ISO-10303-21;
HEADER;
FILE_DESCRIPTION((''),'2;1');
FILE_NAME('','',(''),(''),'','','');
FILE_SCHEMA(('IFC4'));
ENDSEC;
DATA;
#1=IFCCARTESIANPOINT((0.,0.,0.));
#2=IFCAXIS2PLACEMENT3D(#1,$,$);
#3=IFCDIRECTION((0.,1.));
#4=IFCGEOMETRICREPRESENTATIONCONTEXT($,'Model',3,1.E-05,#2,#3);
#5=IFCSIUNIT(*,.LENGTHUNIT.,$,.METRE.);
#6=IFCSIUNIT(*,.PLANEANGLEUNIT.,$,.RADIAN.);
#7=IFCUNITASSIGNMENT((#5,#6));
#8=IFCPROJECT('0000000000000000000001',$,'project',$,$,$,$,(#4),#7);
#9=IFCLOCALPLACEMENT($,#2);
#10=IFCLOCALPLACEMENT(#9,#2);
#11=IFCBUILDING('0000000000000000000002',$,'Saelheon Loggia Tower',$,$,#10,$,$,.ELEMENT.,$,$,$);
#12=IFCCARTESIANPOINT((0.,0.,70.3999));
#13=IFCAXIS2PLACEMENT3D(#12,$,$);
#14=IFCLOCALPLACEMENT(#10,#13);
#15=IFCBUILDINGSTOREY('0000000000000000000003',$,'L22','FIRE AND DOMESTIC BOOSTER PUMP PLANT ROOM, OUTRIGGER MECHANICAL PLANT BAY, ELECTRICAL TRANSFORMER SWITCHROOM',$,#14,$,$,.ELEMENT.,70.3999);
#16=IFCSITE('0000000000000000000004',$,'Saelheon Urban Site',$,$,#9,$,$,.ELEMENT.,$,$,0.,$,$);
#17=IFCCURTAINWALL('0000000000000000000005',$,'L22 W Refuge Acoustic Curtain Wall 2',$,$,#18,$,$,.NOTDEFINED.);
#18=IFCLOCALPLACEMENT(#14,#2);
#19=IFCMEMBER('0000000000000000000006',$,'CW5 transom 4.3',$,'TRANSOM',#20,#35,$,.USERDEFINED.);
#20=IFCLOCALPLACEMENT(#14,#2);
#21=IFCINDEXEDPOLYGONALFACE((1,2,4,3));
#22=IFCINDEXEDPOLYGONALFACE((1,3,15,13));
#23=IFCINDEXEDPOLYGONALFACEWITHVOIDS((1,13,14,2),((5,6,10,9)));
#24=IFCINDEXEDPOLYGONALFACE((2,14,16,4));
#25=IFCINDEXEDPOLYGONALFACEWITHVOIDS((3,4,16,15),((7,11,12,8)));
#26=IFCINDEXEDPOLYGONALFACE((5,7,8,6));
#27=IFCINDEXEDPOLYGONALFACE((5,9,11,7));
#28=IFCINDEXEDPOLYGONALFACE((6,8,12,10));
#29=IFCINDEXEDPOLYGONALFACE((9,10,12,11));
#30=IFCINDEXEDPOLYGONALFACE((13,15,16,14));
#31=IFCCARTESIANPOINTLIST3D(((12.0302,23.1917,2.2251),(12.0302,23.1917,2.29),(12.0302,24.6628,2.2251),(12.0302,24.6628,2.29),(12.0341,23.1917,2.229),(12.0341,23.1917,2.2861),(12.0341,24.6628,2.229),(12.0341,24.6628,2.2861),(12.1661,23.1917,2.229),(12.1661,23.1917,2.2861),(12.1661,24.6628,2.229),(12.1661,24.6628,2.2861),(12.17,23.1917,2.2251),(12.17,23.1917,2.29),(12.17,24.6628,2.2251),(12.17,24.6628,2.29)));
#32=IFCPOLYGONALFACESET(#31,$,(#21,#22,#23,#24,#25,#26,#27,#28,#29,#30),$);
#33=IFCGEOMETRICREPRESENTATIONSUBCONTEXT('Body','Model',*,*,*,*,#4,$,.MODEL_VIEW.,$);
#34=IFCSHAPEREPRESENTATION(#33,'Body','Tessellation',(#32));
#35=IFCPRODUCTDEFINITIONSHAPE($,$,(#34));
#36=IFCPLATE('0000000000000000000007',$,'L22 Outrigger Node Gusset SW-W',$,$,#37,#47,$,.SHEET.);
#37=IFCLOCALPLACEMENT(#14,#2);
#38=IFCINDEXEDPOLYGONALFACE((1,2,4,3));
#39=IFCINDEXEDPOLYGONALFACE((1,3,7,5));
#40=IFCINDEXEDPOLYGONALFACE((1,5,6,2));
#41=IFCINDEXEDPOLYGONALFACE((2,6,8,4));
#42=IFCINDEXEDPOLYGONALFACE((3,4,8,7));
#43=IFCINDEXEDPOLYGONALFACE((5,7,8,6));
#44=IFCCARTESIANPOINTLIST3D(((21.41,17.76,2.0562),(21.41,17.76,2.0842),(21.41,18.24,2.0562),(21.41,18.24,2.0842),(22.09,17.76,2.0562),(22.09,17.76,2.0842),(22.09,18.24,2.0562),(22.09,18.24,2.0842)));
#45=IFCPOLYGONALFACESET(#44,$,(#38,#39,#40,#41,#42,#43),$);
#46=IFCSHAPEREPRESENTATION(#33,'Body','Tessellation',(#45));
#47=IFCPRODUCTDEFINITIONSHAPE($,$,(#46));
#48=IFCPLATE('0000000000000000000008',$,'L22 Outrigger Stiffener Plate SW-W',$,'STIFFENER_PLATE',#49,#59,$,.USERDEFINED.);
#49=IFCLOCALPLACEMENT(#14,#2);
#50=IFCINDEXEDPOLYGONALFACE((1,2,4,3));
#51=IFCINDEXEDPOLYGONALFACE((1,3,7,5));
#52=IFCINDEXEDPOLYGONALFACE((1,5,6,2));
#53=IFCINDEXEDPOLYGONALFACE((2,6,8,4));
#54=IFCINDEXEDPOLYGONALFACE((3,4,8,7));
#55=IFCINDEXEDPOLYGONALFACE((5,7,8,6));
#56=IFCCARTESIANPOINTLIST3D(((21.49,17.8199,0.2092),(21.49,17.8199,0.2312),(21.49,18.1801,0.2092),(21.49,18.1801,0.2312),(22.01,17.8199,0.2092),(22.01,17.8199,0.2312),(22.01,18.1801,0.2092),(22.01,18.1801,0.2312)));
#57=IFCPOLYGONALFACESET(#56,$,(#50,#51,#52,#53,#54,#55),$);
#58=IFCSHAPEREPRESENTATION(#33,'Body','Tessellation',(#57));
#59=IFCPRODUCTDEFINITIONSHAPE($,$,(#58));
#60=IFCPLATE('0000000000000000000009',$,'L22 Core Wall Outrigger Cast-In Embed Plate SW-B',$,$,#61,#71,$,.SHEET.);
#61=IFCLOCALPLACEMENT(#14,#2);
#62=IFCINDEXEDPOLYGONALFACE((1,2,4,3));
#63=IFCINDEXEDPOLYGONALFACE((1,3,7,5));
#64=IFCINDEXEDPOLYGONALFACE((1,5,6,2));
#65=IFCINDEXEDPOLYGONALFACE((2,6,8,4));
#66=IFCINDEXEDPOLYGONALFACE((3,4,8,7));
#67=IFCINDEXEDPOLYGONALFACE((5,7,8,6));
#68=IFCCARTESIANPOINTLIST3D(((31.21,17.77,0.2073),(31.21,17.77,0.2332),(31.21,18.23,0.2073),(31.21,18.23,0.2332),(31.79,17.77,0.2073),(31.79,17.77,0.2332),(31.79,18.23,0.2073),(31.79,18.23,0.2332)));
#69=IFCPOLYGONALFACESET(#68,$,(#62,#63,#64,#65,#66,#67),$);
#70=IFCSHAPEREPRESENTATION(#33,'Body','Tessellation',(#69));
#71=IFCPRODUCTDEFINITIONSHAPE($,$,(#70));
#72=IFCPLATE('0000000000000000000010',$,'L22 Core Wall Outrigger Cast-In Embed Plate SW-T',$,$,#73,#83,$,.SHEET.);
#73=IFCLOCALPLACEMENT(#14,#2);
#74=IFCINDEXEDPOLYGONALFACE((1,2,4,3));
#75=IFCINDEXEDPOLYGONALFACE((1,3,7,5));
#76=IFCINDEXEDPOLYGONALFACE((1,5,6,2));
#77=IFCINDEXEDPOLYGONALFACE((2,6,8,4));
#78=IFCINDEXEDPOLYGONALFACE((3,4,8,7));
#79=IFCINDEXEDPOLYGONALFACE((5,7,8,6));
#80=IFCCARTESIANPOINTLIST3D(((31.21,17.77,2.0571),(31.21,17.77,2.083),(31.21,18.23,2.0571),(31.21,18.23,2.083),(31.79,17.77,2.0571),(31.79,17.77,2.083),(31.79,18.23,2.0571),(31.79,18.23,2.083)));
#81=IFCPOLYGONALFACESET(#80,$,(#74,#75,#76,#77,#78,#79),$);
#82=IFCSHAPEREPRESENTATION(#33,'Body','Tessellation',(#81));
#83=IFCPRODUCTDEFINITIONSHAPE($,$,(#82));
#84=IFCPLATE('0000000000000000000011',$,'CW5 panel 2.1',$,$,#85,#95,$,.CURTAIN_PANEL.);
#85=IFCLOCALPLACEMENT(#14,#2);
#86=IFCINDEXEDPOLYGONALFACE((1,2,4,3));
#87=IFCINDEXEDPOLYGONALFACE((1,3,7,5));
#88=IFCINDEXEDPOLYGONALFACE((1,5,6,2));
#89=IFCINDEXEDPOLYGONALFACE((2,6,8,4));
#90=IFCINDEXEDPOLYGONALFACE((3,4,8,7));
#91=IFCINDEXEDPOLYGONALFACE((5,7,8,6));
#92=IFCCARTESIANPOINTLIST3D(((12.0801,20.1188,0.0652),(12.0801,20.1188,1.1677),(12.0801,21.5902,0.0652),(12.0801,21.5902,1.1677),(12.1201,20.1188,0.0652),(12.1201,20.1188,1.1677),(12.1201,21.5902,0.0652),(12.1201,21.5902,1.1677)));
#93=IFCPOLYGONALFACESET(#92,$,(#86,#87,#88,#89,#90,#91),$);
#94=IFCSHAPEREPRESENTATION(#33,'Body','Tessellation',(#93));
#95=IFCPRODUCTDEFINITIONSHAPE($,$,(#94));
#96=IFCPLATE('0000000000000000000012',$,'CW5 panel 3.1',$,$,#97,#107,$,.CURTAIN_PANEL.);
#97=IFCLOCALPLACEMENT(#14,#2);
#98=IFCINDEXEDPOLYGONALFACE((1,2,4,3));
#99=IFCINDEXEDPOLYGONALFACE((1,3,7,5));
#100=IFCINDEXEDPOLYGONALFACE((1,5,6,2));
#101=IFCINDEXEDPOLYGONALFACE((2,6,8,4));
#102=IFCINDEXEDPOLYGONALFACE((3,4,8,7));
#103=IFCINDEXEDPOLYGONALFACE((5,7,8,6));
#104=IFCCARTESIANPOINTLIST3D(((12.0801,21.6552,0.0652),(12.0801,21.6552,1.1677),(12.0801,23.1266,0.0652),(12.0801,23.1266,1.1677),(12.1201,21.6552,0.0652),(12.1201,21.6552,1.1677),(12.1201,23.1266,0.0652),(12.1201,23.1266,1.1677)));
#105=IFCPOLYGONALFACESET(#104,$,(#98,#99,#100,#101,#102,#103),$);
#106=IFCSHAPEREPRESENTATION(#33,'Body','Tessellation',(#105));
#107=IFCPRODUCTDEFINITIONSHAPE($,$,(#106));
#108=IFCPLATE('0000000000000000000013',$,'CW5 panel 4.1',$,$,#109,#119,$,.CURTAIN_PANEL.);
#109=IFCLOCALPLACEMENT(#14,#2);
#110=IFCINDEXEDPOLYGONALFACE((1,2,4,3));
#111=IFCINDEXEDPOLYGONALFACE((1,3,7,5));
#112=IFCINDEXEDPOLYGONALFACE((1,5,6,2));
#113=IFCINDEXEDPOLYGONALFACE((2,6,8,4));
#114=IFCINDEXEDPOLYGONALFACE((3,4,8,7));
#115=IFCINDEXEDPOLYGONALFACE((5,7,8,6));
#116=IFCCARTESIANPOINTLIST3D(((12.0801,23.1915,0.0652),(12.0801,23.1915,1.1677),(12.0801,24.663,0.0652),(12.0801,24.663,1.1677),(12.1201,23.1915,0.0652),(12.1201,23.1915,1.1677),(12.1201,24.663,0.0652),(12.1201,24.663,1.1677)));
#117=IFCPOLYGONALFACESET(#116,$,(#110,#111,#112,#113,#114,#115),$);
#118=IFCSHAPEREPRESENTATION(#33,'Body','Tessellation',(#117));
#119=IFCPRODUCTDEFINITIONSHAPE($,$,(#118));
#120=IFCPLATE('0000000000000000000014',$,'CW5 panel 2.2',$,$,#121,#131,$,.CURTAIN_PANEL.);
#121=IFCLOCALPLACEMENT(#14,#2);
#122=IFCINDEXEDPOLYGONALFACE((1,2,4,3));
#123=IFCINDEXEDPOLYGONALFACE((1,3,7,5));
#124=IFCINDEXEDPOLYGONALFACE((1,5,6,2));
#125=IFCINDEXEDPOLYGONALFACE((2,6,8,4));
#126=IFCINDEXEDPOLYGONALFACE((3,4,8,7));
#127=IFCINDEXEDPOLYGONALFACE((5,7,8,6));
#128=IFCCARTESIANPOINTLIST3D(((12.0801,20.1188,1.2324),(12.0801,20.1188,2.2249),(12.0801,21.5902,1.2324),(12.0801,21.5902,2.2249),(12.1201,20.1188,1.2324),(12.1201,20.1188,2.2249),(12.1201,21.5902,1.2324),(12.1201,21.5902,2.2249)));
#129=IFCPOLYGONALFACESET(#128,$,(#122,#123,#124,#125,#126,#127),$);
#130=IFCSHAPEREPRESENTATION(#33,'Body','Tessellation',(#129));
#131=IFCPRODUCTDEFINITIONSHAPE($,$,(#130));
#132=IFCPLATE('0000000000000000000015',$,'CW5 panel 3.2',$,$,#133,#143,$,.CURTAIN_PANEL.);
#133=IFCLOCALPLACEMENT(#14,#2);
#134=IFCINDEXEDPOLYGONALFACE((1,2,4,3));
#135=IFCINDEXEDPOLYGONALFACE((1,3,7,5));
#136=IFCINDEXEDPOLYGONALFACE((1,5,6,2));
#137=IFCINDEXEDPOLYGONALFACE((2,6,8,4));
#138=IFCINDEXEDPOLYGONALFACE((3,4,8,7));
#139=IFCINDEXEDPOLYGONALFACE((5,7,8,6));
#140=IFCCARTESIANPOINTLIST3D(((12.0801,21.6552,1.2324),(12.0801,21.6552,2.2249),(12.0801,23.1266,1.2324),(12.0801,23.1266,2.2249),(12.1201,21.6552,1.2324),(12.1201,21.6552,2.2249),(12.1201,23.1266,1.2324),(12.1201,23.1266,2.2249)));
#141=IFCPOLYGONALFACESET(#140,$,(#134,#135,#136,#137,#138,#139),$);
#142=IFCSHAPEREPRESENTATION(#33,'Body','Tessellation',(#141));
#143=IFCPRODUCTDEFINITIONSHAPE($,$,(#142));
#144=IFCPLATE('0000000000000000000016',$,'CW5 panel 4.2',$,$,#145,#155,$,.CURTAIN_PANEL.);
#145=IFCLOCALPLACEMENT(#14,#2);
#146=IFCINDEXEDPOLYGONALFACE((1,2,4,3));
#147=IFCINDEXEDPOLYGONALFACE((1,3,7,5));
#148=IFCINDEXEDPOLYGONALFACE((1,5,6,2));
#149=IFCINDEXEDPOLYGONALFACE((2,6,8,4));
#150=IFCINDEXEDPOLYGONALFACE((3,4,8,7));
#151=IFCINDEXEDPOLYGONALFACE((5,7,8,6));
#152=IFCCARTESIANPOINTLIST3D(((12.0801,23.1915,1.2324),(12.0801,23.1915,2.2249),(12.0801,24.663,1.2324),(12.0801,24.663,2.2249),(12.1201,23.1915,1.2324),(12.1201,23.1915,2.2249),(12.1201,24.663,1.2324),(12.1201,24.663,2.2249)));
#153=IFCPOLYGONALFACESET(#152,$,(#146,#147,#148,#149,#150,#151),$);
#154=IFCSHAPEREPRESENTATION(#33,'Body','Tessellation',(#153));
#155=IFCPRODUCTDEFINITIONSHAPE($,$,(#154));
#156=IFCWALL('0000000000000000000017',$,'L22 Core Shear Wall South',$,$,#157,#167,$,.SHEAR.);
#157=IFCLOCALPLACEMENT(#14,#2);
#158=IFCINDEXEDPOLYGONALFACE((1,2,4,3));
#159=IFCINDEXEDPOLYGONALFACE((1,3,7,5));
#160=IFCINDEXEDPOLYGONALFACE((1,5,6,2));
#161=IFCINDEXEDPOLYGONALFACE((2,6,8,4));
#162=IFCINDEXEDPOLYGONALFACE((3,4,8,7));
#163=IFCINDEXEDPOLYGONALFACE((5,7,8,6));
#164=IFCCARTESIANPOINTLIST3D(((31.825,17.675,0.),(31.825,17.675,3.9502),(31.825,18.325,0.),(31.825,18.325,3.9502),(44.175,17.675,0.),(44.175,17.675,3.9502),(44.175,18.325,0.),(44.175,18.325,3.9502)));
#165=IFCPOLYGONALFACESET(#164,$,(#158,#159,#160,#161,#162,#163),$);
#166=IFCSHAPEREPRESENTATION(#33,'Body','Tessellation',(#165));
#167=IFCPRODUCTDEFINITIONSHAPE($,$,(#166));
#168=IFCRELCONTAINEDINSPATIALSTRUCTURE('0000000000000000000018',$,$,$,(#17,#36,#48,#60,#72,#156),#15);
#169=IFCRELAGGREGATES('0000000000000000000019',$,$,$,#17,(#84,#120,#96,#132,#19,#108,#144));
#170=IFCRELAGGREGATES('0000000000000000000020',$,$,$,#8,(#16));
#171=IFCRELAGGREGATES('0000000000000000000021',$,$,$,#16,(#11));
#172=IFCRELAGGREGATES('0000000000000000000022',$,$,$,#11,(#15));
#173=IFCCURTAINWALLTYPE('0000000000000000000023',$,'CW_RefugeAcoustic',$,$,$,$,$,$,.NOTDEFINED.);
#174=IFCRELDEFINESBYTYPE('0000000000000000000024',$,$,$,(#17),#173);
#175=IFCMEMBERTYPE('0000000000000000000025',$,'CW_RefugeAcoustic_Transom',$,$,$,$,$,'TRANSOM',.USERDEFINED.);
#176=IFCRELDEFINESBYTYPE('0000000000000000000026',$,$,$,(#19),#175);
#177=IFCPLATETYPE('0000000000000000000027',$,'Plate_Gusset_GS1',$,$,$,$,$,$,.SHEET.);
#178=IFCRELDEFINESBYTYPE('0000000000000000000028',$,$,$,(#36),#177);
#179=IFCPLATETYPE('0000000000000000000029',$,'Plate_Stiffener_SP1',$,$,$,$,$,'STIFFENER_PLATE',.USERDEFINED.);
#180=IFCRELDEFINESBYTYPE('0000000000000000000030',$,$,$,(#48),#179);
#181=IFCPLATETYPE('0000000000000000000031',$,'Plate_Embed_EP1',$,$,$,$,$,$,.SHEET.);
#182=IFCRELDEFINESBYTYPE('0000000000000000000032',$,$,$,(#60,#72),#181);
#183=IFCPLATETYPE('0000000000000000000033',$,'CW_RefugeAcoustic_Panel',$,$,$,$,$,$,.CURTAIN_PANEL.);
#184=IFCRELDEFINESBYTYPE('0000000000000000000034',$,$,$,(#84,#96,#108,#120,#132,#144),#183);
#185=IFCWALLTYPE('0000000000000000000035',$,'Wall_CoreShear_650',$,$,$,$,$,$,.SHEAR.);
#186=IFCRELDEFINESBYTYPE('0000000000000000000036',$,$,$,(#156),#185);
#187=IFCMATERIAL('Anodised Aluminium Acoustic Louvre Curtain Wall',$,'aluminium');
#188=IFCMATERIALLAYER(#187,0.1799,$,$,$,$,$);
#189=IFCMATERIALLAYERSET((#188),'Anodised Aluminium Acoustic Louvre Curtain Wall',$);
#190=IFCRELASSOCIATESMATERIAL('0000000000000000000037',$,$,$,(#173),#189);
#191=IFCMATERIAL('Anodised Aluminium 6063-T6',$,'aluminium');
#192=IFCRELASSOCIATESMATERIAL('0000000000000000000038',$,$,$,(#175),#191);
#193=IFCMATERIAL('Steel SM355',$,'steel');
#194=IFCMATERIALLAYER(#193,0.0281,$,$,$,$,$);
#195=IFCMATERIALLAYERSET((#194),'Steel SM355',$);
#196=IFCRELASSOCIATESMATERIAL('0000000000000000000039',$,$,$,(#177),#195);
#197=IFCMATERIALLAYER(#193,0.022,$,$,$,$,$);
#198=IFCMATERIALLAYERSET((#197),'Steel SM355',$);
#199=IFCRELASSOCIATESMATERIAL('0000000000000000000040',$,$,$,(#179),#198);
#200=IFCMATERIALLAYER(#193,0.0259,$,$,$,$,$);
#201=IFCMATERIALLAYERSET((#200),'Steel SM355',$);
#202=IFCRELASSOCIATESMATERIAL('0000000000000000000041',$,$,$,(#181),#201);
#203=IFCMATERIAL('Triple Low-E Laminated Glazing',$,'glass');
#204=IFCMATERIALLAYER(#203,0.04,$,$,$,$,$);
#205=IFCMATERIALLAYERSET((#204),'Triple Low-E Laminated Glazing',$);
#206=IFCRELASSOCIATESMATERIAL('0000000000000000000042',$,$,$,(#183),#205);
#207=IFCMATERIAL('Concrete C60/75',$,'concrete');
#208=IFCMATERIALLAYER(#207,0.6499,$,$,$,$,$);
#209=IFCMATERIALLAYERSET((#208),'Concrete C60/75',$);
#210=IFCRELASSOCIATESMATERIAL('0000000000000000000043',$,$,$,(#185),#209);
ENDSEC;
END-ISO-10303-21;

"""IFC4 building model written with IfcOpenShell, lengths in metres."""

from ifc_helpers import new_model, si_unit, direction, frame, frame_2d, origin, origin_2d, place, context, subcontext, project, spatial, rectangle, hollow_rectangle, extrude, source, transform, mapped, material, layer, layer_set, material_profile, profile_set, type_object, element, aggregate, save


model = new_model("IFC4")

# Units and contexts
model_context = context("Model", 3, precision=1e-05, world=origin(), true_north=direction((0.0, 1.0)))
body_context = subcontext(model_context, "Body", "Model", "MODEL_VIEW")
ifc_project = project(units=[si_unit("LENGTHUNIT", "METRE"), si_unit("PLANEANGLEUNIT", "RADIAN")], contexts=[model_context])

# Site, building, storey
site_placement = place(None, origin())
site = spatial("IfcSite", under=ifc_project, at=site_placement, Name="Saelheon Urban Site", CompositionType="ELEMENT", RefElevation=0.0)
building_placement = place(site_placement, origin())
building = spatial("IfcBuilding", under=site, at=building_placement, Name="Saelheon Loggia Tower", CompositionType="ELEMENT")
storey_placement = place(building_placement, frame((0.0, 0.0, 70.3999)))
storey = spatial("IfcBuildingStorey", under=building, at=storey_placement, Name="L22", Description="FIRE AND DOMESTIC BOOSTER PUMP PLANT ROOM, OUTRIGGER MECHANICAL PLANT BAY, ELECTRICAL TRANSFORMER SWITCHROOM", CompositionType="ELEMENT", Elevation=70.3999)

# Shared definitions
ifc_material_1 = material(Name="Steel SM355", Category="steel")

# Curtain wall, member
ifc_material_2 = material(Name="Anodised Aluminium Acoustic Louvre Curtain Wall", Category="aluminium")
ifc_layer_1 = layer(ifc_material_2, 0.1799)
ifc_layer_set_1 = layer_set([ifc_layer_1], Name="Anodised Aluminium Acoustic Louvre Curtain Wall")
curtain_wall_type = type_object("IfcCurtainWallType", Name="CW_RefugeAcoustic", PredefinedType="NOTDEFINED", material=ifc_layer_set_1)
curtain_wall_placement = place(storey_placement, origin())
curtain_wall = element("IfcCurtainWall", 1, at=curtain_wall_placement, inside=storey, type_object=curtain_wall_type, Name="L22 W Refuge Acoustic Curtain Wall 2", PredefinedType="NOTDEFINED")
ifc_material_3 = material(Name="Anodised Aluminium 6063-T6", Category="aluminium")
ifc_material_profile_1 = material_profile(ifc_material_3, hollow_rectangle(XDim=0.0649, YDim=0.1399, WallThickness=0.0039, at=origin_2d()), Name="RHS-140x65x4")
ifc_profile_set_1 = profile_set([ifc_material_profile_1], Name="Anodised Aluminium 6063-T6")
member_type_1 = type_object("IfcMemberType", Name="CW_RefugeAcoustic_Transom", ElementType="TRANSOM", PredefinedType="USERDEFINED", material=ifc_profile_set_1)
shared_shape_1 = source(origin(), body_context, "Body", "SweptSolid", [
    extrude(hollow_rectangle(XDim=0.0649, YDim=0.1399, WallThickness=0.0039, at=origin_2d()), origin(), (0.0, 0.0, 1.0), 1.4712),
])
member_1_placement = place(storey_placement, frame((12.1001, 23.1917, 2.2576), z_axis=(0.0, 1.0, 0.0), x_axis=(0.0, 0.0, 1.0)))
member_1 = element("IfcMember", 2, at=member_1_placement, type_object=member_type_1, Name="CW5 transom 4.3", ObjectType="TRANSOM", PredefinedType="USERDEFINED", context=body_context, shape_type="MappedRepresentation", body=[
    mapped(shared_shape_1, transform((0.0, 0.0, 0.0), scale=1.0)),
])

# Plates
ifc_layer_2 = layer(ifc_material_1, 0.0281)
ifc_layer_set_2 = layer_set([ifc_layer_2], Name="Steel SM355")
plate_type_1 = type_object("IfcPlateType", Name="Plate_Gusset_GS1", PredefinedType="SHEET", material=ifc_layer_set_2)
shared_shape_2 = source(origin(), body_context, "Body", "SweptSolid", [
    extrude(rectangle(XDim=0.6799, YDim=0.48, at=origin_2d()), origin(), (0.0, 0.0, 1.0), 0.0281),
])
plate_1_placement = place(storey_placement, frame((21.75, 18.0, 2.0562), z_axis=(0.0, 0.0, 1.0), x_axis=(1.0, 0.0, 0.0)))
element("IfcPlate", 3, at=plate_1_placement, inside=storey, type_object=plate_type_1, Name="L22 Outrigger Node Gusset SW-W", PredefinedType="SHEET", context=body_context, shape_type="MappedRepresentation", body=[
    mapped(shared_shape_2, transform((0.0, 0.0, 0.0), scale=1.0)),
])
ifc_layer_3 = layer(ifc_material_1, 0.022)
ifc_layer_set_3 = layer_set([ifc_layer_3], Name="Steel SM355")
plate_type_2 = type_object("IfcPlateType", Name="Plate_Stiffener_SP1", ElementType="STIFFENER_PLATE", PredefinedType="USERDEFINED", material=ifc_layer_set_3)
shared_shape_3 = source(origin(), body_context, "Body", "SweptSolid", [
    extrude(rectangle(XDim=0.52, YDim=0.3601, at=origin_2d()), origin(), (0.0, 0.0, 1.0), 0.022),
])
plate_2_placement = place(storey_placement, frame((21.75, 18.0, 0.2092), z_axis=(0.0, 0.0, 1.0), x_axis=(1.0, 0.0, 0.0)))
element("IfcPlate", 4, at=plate_2_placement, inside=storey, type_object=plate_type_2, Name="L22 Outrigger Stiffener Plate SW-W", ObjectType="STIFFENER_PLATE", PredefinedType="USERDEFINED", context=body_context, shape_type="MappedRepresentation", body=[
    mapped(shared_shape_3, transform((0.0, 0.0, 0.0), scale=1.0)),
])
ifc_layer_4 = layer(ifc_material_1, 0.0259)
ifc_layer_set_4 = layer_set([ifc_layer_4], Name="Steel SM355")
plate_type_3 = type_object("IfcPlateType", Name="Plate_Embed_EP1", PredefinedType="SHEET", material=ifc_layer_set_4)
shared_shape_4 = source(origin(), body_context, "Body", "SweptSolid", [
    extrude(rectangle(XDim=0.5801, YDim=0.46, at=origin_2d()), origin(), (0.0, 0.0, 1.0), 0.0259),
])
for number, where, z_axis, x_axis, name in (
    (5, (31.5, 18.0, 0.2073), (0.0, 0.0, 1.0), (1.0, 0.0, 0.0), "L22 Core Wall Outrigger Cast-In Embed Plate SW-B"),
    (6, (31.5, 18.0, 2.0571), (0.0, 0.0, 1.0), (1.0, 0.0, 0.0), "L22 Core Wall Outrigger Cast-In Embed Plate SW-T"),
):
    element("IfcPlate", number, at=place(storey_placement, frame(where, z_axis=z_axis, x_axis=x_axis)), inside=storey, type_object=plate_type_3, Name=name, PredefinedType="SHEET", context=body_context, shape_type="MappedRepresentation", body=[
        mapped(shared_shape_4, transform((0.0, 0.0, 0.0), scale=1.0)),
    ])

# Plates
ifc_material_4 = material(Name="Triple Low-E Laminated Glazing", Category="glass")
ifc_layer_5 = layer(ifc_material_4, 0.04)
ifc_layer_set_5 = layer_set([ifc_layer_5], Name="Triple Low-E Laminated Glazing")
plate_type_4 = type_object("IfcPlateType", Name="CW_RefugeAcoustic_Panel", PredefinedType="CURTAIN_PANEL", material=ifc_layer_set_5)
shared_shape_5 = source(origin(), body_context, "Body", "SweptSolid", [
    extrude(rectangle(XDim=1.4714, YDim=0.04, at=origin_2d()), origin(), (0.0, 0.0, 1.0), 1.1025),
])
plate_3_placement = place(storey_placement, frame((12.1001, 20.8545, 0.0652), z_axis=(0.0, 0.0, 1.0), x_axis=(0.0, 1.0, 0.0)))
plate_3 = element("IfcPlate", 7, at=plate_3_placement, type_object=plate_type_4, Name="CW5 panel 2.1", PredefinedType="CURTAIN_PANEL", context=body_context, shape_type="MappedRepresentation", body=[
    mapped(shared_shape_5, transform((0.0, 0.0, 0.0), scale=1.0)),
])
plate_4_placement = place(storey_placement, frame((12.1001, 22.3909, 0.0652), z_axis=(0.0, 0.0, 1.0), x_axis=(0.0, 1.0, 0.0)))
plate_4 = element("IfcPlate", 8, at=plate_4_placement, type_object=plate_type_4, Name="CW5 panel 3.1", PredefinedType="CURTAIN_PANEL", context=body_context, shape_type="MappedRepresentation", body=[
    mapped(shared_shape_5, transform((0.0, 0.0, 0.0), scale=1.0)),
])
plate_5_placement = place(storey_placement, frame((12.1001, 23.9272, 0.0652), z_axis=(0.0, 0.0, 1.0), x_axis=(0.0, 1.0, 0.0)))
plate_5 = element("IfcPlate", 9, at=plate_5_placement, type_object=plate_type_4, Name="CW5 panel 4.1", PredefinedType="CURTAIN_PANEL", context=body_context, shape_type="MappedRepresentation", body=[
    mapped(shared_shape_5, transform((0.0, 0.0, 0.0), scale=1.0)),
])
shared_shape_6 = source(origin(), body_context, "Body", "SweptSolid", [
    extrude(rectangle(XDim=1.4714, YDim=0.04, at=origin_2d()), origin(), (0.0, 0.0, 1.0), 0.9924),
])
plate_6_placement = place(storey_placement, frame((12.1001, 20.8545, 1.2324), z_axis=(0.0, 0.0, 1.0), x_axis=(0.0, 1.0, 0.0)))
plate_6 = element("IfcPlate", 10, at=plate_6_placement, type_object=plate_type_4, Name="CW5 panel 2.2", PredefinedType="CURTAIN_PANEL", context=body_context, shape_type="MappedRepresentation", body=[
    mapped(shared_shape_6, transform((0.0, 0.0, 0.0), scale=1.0)),
])
plate_7_placement = place(storey_placement, frame((12.1001, 22.3909, 1.2324), z_axis=(0.0, 0.0, 1.0), x_axis=(0.0, 1.0, 0.0)))
plate_7 = element("IfcPlate", 11, at=plate_7_placement, type_object=plate_type_4, Name="CW5 panel 3.2", PredefinedType="CURTAIN_PANEL", context=body_context, shape_type="MappedRepresentation", body=[
    mapped(shared_shape_6, transform((0.0, 0.0, 0.0), scale=1.0)),
])
plate_8_placement = place(storey_placement, frame((12.1001, 23.9272, 1.2324), z_axis=(0.0, 0.0, 1.0), x_axis=(0.0, 1.0, 0.0)))
plate_8 = element("IfcPlate", 12, at=plate_8_placement, type_object=plate_type_4, Name="CW5 panel 4.2", PredefinedType="CURTAIN_PANEL", context=body_context, shape_type="MappedRepresentation", body=[
    mapped(shared_shape_6, transform((0.0, 0.0, 0.0), scale=1.0)),
])
aggregate(curtain_wall, [plate_3, plate_6, plate_4, plate_7, member_1, plate_5, plate_8])

# Wall
ifc_material_5 = material(Name="Concrete C60/75", Category="concrete")
ifc_layer_6 = layer(ifc_material_5, 0.6499)
ifc_layer_set_6 = layer_set([ifc_layer_6], Name="Concrete C60/75")
wall_type = type_object("IfcWallType", Name="Wall_CoreShear_650", PredefinedType="SHEAR", material=ifc_layer_set_6)
wall_placement = place(storey_placement, frame((31.825, 18.0, 0.0), z_axis=(0.0, 0.0, 1.0), x_axis=(1.0, 0.0, 0.0)))
element("IfcWall", 13, at=wall_placement, inside=storey, type_object=wall_type, Name="L22 Core Shear Wall South", PredefinedType="SHEAR", context=body_context, shape_type="SweptSolid", body=[
    extrude(rectangle(XDim=12.3501, YDim=0.6499, at=frame_2d((6.175, 0.0))), origin(), (0.0, 0.0, 1.0), 3.9502),
])

save(model, "model.ifc")
